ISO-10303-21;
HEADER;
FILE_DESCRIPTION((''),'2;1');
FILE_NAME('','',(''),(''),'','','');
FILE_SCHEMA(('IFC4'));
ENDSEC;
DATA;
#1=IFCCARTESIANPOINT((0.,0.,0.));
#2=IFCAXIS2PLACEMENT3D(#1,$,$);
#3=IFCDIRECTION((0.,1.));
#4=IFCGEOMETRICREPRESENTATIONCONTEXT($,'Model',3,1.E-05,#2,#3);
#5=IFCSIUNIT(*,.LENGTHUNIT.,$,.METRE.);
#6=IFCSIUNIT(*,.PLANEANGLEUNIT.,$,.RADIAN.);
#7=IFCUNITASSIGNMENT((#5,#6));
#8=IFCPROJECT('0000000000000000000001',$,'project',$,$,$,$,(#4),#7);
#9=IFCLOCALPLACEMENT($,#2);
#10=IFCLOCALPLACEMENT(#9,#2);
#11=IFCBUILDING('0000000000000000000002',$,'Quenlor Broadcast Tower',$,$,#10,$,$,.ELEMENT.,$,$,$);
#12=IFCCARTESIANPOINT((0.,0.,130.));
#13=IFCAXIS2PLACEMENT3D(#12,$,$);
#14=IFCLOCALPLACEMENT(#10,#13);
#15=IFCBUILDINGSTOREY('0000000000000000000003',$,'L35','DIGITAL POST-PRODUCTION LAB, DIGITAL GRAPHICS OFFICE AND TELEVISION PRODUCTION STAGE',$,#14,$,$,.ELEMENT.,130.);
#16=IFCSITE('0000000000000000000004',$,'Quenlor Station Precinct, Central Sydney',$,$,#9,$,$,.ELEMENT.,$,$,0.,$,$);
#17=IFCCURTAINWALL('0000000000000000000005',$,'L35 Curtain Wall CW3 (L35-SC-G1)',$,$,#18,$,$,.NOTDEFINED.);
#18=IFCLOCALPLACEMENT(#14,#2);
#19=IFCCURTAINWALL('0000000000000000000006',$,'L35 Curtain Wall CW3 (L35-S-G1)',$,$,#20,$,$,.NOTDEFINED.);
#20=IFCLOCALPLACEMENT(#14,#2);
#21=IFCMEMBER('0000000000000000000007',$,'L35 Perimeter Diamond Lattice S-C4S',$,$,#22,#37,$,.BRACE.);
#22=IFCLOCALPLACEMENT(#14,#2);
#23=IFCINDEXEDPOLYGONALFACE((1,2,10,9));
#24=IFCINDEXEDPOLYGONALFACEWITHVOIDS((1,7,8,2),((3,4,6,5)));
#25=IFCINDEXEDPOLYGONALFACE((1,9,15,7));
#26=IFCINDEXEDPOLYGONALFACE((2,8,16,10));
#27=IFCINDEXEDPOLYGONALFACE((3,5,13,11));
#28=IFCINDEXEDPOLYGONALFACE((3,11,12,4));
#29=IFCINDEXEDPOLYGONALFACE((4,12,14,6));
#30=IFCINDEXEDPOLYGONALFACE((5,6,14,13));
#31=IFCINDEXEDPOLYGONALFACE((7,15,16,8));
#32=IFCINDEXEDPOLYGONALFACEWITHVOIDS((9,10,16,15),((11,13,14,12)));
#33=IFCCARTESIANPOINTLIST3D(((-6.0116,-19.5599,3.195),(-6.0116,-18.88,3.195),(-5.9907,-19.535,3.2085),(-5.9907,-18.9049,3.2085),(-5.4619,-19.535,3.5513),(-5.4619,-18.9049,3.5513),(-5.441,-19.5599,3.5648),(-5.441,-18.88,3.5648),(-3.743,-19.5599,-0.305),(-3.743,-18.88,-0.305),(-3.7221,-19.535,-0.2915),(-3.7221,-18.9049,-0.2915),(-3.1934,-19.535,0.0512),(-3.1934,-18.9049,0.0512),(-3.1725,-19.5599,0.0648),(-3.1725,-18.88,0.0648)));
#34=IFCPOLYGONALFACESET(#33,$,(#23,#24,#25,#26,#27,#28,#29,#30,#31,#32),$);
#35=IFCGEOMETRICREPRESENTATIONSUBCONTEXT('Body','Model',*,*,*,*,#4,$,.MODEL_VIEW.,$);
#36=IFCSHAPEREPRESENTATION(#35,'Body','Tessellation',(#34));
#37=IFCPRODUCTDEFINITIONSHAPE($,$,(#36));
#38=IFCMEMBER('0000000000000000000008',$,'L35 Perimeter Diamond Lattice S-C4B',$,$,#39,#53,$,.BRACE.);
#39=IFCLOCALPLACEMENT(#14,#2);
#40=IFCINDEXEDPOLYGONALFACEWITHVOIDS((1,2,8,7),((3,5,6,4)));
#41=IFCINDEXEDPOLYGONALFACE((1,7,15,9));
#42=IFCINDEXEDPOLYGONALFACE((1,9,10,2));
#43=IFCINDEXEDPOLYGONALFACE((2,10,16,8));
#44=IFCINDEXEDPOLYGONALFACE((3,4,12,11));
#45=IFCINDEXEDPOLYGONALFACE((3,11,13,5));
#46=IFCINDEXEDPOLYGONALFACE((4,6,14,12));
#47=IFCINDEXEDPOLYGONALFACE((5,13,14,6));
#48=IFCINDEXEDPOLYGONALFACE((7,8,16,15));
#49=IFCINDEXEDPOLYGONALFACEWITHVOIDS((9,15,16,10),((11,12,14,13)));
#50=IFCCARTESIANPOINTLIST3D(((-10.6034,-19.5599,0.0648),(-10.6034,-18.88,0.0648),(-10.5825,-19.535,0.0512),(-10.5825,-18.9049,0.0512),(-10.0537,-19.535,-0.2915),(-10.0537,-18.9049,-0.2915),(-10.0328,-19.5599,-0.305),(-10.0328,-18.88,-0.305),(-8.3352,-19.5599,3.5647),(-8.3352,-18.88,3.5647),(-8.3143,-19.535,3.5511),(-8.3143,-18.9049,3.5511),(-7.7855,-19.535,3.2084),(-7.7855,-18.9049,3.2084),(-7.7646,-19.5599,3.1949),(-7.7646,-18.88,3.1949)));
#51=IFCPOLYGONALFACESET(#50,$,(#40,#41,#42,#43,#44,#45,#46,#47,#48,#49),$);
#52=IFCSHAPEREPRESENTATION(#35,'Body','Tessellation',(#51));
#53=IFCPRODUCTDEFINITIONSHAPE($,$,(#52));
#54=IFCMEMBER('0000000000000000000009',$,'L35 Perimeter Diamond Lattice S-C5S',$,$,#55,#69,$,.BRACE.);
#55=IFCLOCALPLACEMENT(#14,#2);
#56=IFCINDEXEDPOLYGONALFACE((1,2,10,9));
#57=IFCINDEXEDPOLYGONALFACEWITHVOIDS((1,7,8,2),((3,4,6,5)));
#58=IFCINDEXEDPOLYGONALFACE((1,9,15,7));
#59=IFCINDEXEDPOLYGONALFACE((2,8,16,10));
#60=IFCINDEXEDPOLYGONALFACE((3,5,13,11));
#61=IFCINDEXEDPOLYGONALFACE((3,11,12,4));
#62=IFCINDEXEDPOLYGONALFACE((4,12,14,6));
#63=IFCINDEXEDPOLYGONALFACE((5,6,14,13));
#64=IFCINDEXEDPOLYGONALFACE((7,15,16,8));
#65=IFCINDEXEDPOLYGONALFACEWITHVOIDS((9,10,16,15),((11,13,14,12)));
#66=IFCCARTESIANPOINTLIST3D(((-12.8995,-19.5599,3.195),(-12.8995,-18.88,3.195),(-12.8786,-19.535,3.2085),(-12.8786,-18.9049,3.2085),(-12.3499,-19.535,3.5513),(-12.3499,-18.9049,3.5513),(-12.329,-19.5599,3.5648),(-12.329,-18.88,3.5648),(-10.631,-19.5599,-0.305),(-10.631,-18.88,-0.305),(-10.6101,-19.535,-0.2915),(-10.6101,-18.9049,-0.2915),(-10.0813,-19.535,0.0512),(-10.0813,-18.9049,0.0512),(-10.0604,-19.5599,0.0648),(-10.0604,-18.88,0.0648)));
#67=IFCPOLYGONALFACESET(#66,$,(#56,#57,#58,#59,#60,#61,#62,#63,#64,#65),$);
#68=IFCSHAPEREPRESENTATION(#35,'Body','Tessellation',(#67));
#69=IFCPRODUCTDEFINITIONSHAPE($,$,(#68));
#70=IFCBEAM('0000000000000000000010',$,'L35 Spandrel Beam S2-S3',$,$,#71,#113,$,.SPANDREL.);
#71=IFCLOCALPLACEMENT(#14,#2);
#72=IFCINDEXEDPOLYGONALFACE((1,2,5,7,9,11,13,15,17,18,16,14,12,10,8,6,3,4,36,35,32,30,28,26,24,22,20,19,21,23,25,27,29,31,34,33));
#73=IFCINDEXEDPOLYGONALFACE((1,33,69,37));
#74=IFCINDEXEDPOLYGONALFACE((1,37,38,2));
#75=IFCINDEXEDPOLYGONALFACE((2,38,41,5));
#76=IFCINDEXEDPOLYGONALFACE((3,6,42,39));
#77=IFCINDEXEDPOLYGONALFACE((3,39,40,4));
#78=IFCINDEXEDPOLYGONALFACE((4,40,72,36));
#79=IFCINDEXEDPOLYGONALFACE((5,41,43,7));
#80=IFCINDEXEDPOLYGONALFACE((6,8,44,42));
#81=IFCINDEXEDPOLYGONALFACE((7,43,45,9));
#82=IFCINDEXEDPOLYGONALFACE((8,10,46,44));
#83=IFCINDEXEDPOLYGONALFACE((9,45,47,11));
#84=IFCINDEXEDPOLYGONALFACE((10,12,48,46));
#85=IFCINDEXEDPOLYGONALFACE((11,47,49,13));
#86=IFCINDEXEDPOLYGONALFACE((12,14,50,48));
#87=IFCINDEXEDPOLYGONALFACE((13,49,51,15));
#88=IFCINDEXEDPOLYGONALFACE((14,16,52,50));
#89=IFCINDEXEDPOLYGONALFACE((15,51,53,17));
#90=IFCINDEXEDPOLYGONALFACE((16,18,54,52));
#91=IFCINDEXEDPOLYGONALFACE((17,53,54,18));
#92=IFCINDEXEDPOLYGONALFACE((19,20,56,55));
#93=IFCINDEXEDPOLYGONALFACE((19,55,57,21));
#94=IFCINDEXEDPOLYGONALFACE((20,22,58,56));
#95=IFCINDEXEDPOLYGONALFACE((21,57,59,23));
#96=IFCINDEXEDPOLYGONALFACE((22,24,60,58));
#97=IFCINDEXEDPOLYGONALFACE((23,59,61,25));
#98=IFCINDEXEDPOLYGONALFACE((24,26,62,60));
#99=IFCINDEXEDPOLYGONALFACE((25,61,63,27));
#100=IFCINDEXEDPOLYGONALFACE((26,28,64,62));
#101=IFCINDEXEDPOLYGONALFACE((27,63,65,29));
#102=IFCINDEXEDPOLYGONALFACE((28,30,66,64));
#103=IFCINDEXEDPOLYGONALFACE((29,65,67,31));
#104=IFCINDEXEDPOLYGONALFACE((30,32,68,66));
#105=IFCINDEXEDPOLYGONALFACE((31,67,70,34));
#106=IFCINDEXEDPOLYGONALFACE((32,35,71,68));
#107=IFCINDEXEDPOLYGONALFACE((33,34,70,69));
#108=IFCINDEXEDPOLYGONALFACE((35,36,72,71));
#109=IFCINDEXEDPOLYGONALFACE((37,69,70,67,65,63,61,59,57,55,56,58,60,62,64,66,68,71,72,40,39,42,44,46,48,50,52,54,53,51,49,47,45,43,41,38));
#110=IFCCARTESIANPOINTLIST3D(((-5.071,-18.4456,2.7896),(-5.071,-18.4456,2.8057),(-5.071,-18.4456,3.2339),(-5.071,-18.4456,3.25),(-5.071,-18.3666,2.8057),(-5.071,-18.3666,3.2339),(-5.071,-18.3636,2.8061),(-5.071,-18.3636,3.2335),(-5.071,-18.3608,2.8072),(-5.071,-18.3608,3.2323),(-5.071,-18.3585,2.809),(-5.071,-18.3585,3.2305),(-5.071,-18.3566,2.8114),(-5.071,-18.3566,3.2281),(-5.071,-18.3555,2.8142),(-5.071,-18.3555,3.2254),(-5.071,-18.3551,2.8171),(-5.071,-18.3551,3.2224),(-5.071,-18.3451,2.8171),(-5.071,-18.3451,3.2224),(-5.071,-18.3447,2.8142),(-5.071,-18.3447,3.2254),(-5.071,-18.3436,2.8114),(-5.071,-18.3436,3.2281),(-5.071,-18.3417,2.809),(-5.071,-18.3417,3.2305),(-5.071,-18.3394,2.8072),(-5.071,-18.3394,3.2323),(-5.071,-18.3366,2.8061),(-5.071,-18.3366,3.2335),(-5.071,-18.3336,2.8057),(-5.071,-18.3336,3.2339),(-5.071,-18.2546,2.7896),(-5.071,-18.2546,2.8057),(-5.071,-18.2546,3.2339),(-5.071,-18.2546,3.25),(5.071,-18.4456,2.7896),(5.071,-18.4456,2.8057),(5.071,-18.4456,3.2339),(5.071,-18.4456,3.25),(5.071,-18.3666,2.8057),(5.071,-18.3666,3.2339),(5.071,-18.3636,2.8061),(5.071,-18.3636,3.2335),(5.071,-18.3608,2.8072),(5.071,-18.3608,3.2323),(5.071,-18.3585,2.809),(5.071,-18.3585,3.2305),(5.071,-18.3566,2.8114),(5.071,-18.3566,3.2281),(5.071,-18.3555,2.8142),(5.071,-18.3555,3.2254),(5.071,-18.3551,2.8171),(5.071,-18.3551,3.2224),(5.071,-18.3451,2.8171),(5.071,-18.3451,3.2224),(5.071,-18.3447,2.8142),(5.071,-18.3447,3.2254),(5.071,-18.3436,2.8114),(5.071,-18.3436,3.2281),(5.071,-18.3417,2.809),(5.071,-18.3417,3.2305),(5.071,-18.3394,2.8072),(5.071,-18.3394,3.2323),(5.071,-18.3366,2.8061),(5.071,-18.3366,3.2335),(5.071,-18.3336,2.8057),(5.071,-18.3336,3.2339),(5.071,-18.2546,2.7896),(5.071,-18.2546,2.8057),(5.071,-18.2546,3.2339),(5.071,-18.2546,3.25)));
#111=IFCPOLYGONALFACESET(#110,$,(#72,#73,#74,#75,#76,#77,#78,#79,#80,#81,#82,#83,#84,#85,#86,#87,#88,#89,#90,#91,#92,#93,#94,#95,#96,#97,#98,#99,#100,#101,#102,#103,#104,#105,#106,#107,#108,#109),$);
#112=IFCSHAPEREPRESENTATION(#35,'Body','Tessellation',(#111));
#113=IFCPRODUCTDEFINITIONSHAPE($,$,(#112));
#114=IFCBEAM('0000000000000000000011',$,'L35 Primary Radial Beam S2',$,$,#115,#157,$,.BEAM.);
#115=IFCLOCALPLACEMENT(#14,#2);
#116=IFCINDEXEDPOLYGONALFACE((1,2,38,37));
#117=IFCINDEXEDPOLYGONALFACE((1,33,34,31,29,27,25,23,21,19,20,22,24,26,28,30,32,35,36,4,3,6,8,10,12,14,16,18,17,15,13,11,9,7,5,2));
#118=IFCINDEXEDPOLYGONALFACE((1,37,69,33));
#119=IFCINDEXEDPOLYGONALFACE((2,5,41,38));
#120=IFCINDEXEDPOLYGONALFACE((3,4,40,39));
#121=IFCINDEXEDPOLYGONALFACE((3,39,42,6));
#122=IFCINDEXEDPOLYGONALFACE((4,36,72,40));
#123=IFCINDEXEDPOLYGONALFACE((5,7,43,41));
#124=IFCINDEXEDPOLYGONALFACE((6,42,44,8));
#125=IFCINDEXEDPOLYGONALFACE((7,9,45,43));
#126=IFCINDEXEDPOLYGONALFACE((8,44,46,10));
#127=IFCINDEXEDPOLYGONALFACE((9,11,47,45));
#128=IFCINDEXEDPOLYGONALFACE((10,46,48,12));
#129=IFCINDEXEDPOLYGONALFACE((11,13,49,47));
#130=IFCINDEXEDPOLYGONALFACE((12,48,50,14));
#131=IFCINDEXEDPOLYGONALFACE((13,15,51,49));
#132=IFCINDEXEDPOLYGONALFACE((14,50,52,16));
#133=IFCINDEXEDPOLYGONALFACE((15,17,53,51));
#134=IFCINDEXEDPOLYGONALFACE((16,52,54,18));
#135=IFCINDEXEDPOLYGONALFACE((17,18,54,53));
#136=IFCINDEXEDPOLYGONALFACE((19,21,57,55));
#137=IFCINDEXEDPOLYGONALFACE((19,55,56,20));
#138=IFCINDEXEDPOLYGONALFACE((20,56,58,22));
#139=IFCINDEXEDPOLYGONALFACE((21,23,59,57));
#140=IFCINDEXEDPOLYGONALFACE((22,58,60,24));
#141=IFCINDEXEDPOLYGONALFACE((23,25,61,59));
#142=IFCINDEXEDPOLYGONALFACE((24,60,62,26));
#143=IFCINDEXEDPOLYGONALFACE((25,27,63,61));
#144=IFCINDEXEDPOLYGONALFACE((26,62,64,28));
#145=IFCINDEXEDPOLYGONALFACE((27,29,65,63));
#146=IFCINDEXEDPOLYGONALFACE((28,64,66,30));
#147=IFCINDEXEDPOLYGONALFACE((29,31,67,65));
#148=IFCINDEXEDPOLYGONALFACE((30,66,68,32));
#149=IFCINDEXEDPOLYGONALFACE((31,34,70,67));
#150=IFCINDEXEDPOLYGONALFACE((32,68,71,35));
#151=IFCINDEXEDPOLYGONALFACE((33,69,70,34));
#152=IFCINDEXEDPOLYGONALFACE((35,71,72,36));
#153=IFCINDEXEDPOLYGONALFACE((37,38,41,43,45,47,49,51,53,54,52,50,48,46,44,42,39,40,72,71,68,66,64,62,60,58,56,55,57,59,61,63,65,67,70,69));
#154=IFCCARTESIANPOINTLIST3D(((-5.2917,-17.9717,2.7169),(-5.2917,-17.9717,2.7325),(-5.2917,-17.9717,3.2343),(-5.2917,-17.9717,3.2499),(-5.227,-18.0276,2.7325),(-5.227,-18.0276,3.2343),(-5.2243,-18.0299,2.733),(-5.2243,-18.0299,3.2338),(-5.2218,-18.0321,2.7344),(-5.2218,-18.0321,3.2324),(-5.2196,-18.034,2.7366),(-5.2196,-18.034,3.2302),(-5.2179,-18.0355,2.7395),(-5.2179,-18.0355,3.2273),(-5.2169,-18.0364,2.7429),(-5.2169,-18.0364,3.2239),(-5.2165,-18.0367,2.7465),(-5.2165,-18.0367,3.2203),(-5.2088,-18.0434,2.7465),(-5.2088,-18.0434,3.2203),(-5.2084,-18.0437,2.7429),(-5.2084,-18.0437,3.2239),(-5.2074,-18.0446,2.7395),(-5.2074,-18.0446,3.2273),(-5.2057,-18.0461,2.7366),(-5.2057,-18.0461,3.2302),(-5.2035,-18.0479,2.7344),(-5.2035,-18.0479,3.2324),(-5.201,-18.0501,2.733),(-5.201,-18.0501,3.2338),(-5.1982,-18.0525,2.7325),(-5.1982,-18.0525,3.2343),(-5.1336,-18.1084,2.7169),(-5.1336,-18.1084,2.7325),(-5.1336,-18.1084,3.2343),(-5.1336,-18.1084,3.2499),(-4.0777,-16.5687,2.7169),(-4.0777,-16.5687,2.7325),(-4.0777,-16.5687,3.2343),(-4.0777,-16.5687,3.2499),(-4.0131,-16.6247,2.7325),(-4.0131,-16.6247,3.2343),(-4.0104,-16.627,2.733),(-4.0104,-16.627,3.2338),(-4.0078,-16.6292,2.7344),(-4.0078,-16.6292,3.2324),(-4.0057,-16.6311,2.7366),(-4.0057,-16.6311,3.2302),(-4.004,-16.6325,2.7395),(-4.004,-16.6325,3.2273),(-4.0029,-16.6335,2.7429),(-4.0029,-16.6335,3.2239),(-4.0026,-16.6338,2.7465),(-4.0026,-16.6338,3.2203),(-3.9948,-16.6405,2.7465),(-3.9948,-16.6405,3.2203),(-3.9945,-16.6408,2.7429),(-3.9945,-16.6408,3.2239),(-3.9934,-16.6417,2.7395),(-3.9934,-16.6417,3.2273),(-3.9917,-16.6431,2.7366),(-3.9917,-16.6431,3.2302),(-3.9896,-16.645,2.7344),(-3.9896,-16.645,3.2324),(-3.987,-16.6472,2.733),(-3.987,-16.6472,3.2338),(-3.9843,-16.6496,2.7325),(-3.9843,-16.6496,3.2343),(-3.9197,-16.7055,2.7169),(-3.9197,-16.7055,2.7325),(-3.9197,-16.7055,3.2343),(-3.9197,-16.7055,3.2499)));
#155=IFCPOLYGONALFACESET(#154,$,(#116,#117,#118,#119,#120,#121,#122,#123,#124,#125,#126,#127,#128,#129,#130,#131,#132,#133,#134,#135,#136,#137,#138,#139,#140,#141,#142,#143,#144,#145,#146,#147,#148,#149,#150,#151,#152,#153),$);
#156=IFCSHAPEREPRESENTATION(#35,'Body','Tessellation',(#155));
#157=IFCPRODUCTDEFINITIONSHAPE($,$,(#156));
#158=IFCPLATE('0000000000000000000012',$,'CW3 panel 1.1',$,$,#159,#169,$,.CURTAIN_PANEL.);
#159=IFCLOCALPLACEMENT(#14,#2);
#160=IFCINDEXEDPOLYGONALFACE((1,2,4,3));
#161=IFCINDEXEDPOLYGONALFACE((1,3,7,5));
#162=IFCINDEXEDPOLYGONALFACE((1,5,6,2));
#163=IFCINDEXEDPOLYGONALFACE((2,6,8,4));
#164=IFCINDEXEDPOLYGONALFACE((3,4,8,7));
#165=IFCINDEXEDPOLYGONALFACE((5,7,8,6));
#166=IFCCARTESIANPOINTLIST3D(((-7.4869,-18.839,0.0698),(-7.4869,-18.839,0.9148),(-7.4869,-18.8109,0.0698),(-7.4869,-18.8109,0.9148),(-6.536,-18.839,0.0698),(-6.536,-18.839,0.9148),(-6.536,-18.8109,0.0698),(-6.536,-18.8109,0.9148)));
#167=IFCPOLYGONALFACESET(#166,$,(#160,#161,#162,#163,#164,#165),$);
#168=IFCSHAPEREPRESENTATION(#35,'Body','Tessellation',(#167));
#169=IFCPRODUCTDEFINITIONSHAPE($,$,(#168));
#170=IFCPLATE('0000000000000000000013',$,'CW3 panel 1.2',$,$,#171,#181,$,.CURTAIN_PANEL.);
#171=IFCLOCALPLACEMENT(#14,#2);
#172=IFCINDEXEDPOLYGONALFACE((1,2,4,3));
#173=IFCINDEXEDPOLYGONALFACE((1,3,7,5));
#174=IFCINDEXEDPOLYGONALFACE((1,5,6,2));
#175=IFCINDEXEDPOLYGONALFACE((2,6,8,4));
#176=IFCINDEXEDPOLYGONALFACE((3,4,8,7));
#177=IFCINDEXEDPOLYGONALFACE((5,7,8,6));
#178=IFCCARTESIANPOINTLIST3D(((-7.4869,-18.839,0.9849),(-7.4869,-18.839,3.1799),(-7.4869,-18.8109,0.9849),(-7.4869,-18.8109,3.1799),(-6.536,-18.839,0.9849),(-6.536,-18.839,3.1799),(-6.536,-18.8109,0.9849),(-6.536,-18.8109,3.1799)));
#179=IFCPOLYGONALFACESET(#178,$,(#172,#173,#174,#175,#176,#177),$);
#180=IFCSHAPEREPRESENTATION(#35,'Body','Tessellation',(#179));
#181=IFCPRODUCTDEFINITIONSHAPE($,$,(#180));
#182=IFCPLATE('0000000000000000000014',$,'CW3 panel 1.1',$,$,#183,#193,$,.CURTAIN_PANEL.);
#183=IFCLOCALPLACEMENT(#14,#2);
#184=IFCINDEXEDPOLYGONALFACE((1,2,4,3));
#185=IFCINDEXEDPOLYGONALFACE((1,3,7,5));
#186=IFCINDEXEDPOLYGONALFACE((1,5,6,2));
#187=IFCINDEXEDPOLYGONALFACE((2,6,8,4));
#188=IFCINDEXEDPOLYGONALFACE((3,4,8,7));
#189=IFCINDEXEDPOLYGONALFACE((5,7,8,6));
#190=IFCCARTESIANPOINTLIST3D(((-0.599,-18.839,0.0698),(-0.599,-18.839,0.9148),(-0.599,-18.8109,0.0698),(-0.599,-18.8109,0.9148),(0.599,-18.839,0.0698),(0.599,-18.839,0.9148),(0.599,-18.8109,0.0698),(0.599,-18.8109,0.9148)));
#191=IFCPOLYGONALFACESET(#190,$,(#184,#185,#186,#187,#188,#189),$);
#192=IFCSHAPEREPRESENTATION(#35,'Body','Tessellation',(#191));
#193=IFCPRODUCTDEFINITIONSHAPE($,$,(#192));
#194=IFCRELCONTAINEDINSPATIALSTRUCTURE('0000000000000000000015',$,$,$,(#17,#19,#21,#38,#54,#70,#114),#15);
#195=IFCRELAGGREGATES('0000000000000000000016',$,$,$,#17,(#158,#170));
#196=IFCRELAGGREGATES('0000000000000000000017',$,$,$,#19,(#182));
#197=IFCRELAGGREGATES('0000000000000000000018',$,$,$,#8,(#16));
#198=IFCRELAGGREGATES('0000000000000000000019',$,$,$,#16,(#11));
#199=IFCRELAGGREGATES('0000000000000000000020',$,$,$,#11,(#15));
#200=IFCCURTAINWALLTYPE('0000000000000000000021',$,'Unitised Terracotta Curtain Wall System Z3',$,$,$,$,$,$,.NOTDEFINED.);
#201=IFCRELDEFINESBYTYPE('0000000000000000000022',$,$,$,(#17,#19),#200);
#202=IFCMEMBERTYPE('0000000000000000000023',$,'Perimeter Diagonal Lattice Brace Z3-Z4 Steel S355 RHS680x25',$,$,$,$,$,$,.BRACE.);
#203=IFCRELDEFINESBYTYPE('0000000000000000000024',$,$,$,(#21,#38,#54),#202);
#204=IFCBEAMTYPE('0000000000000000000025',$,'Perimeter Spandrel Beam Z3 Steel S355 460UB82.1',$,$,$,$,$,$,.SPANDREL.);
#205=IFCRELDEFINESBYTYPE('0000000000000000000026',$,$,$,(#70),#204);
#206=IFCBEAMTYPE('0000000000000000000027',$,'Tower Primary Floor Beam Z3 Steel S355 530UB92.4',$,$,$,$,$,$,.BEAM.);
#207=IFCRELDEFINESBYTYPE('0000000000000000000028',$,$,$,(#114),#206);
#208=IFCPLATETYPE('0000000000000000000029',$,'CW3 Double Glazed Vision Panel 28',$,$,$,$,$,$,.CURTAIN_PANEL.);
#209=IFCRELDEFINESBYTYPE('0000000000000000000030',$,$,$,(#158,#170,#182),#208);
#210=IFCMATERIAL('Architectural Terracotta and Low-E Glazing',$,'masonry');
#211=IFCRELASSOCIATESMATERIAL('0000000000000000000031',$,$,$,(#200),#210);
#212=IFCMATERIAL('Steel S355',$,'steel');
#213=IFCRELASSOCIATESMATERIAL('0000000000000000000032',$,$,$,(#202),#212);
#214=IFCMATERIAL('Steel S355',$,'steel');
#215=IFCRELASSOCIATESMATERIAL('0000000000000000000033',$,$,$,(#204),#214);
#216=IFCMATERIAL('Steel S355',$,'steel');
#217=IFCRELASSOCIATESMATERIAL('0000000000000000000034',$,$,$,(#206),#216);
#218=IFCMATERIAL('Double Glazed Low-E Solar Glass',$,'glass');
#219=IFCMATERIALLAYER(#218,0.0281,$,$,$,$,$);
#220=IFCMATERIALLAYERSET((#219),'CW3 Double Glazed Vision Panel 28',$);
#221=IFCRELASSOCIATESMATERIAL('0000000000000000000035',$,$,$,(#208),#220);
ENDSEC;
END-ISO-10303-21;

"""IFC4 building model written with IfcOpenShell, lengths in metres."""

from ifc_helpers import new_model, si_unit, direction, frame, origin, origin_2d, place, context, subcontext, project, spatial, rectangle, hollow_rectangle, i_section, extrude, material, layer, layer_set, material_profile, profile_set, type_object, element, aggregate, save


model = new_model("IFC4")

# Units and contexts
model_context = context("Model", 3, precision=1e-05, world=origin(), true_north=direction((0.0, 1.0)))
body_context = subcontext(model_context, "Body", "Model", "MODEL_VIEW")
ifc_project = project(units=[si_unit("LENGTHUNIT", "METRE"), si_unit("PLANEANGLEUNIT", "RADIAN")], contexts=[model_context])

# Site, building, storey
site_placement = place(None, origin())
site = spatial("IfcSite", under=ifc_project, at=site_placement, Name="Quenlor Station Precinct, Central Sydney", CompositionType="ELEMENT", RefElevation=0.0)
building_placement = place(site_placement, origin())
building = spatial("IfcBuilding", under=site, at=building_placement, Name="Quenlor Broadcast Tower", CompositionType="ELEMENT")
storey_placement = place(building_placement, frame((0.0, 0.0, 130.0)))
storey = spatial("IfcBuildingStorey", under=building, at=storey_placement, Name="L35", Description="DIGITAL POST-PRODUCTION LAB, DIGITAL GRAPHICS OFFICE AND TELEVISION PRODUCTION STAGE", CompositionType="ELEMENT", Elevation=130.0)

# Curtain wall
ifc_material_1 = material(Name="Architectural Terracotta and Low-E Glazing", Category="masonry")
curtain_wall_type = type_object("IfcCurtainWallType", Name="Unitised Terracotta Curtain Wall System Z3", PredefinedType="NOTDEFINED", material=ifc_material_1)
curtain_wall_1_placement = place(storey_placement, origin())
curtain_wall_1 = element("IfcCurtainWall", 1, at=curtain_wall_1_placement, inside=storey, type_object=curtain_wall_type, Name="L35 Curtain Wall CW3 (L35-SC-G1)", PredefinedType="NOTDEFINED")

# Curtain wall
curtain_wall_2_placement = place(storey_placement, origin())
curtain_wall_2 = element("IfcCurtainWall", 2, at=curtain_wall_2_placement, inside=storey, type_object=curtain_wall_type, Name="L35 Curtain Wall CW3 (L35-S-G1)", PredefinedType="NOTDEFINED")

# Members
ifc_material_2 = material(Name="Steel S355", Category="steel")
ifc_material_profile_1 = material_profile(ifc_material_2, hollow_rectangle(XDim=0.6799, YDim=0.6799, WallThickness=0.0249, at=origin_2d()))
ifc_profile_set_1 = profile_set([ifc_material_profile_1], Name="Steel S355 RHS680x680x25")
member_type_1 = type_object("IfcMemberType", Name="Perimeter Diagonal Lattice Brace Z3-Z4 Steel S355 RHS680x25", PredefinedType="BRACE", material=ifc_profile_set_1)
member_1_placement = place(storey_placement, frame((-3.4578, -19.22, -0.1201), z_axis=(-0.543902, 0.0, 0.839149), x_axis=(0.0, -1.0, 0.0)))
element("IfcMember", 3, at=member_1_placement, inside=storey, type_object=member_type_1, Name="L35 Perimeter Diamond Lattice S-C4S", PredefinedType="BRACE", context=body_context, shape_type="SweptSolid", body=[
    extrude(hollow_rectangle(XDim=0.6799, YDim=0.6799, WallThickness=0.0249, at=origin_2d()), origin(), (0.0, 0.0, 1.0), 4.1709),
])
member_2_placement = place(storey_placement, frame((-10.3181, -19.22, -0.1201), z_axis=(0.54386, 0.0, 0.839176), x_axis=(0.0, 1.0, 0.0)))
element("IfcMember", 4, at=member_2_placement, inside=storey, type_object=member_type_1, Name="L35 Perimeter Diamond Lattice S-C4B", PredefinedType="BRACE", context=body_context, shape_type="SweptSolid", body=[
    extrude(hollow_rectangle(XDim=0.6799, YDim=0.6799, WallThickness=0.0249, at=origin_2d()), origin(), (0.0, 0.0, 1.0), 4.1707),
])
member_3_placement = place(storey_placement, frame((-10.3457, -19.22, -0.1201), z_axis=(-0.543902, 0.0, 0.839149), x_axis=(0.0, -1.0, 0.0)))
element("IfcMember", 5, at=member_3_placement, inside=storey, type_object=member_type_1, Name="L35 Perimeter Diamond Lattice S-C5S", PredefinedType="BRACE", context=body_context, shape_type="SweptSolid", body=[
    extrude(hollow_rectangle(XDim=0.6799, YDim=0.6799, WallThickness=0.0249, at=origin_2d()), origin(), (0.0, 0.0, 1.0), 4.1709),
])

# Beams
ifc_material_3 = material(Name="Steel S355", Category="steel")
ifc_material_profile_2 = material_profile(ifc_material_3, i_section(OverallWidth=0.1909, OverallDepth=0.4604, WebThickness=0.01, FlangeThickness=0.0161, FilletRadius=0.0115, at=origin_2d()))
ifc_profile_set_2 = profile_set([ifc_material_profile_2], Name="Steel S355 460UB82.1")
beam_type_1 = type_object("IfcBeamType", Name="Perimeter Spandrel Beam Z3 Steel S355 460UB82.1", PredefinedType="SPANDREL", material=ifc_profile_set_2)
beam_1_placement = place(storey_placement, frame((-5.071, -18.3501, 3.0198), z_axis=(1.0, 0.0, 0.0), x_axis=(0.0, 1.0, 0.0)))
element("IfcBeam", 6, at=beam_1_placement, inside=storey, type_object=beam_type_1, Name="L35 Spandrel Beam S2-S3", PredefinedType="SPANDREL", context=body_context, shape_type="SweptSolid", body=[
    extrude(i_section(OverallWidth=0.1909, OverallDepth=0.4604, WebThickness=0.01, FlangeThickness=0.0161, FilletRadius=0.0115, at=origin_2d()), origin(), (0.0, 0.0, 1.0), 10.1421),
])
ifc_material_4 = material(Name="Steel S355", Category="steel")
ifc_material_profile_3 = material_profile(ifc_material_4, i_section(OverallWidth=0.209, OverallDepth=0.533, WebThickness=0.0103, FlangeThickness=0.0156, FilletRadius=0.0139, at=origin_2d()))
ifc_profile_set_3 = profile_set([ifc_material_profile_3], Name="Steel S355 530UB92.4")
beam_type_2 = type_object("IfcBeamType", Name="Tower Primary Floor Beam Z3 Steel S355 530UB92.4", PredefinedType="BEAM", material=ifc_profile_set_3)
beam_2_placement = place(storey_placement, frame((-5.2126, -18.04, 2.9834), z_axis=(0.654339, 0.756201, 0.0), x_axis=(-0.756201, 0.654339, 0.0)))
element("IfcBeam", 7, at=beam_2_placement, inside=storey, type_object=beam_type_2, Name="L35 Primary Radial Beam S2", PredefinedType="BEAM", context=body_context, shape_type="SweptSolid", body=[
    extrude(i_section(OverallWidth=0.209, OverallDepth=0.533, WebThickness=0.0103, FlangeThickness=0.0156, FilletRadius=0.0139, at=origin_2d()), origin(), (0.0, 0.0, 1.0), 1.8552),
])

# Plates
ifc_material_5 = material(Name="Double Glazed Low-E Solar Glass", Category="glass")
ifc_layer_1 = layer(ifc_material_5, 0.0281)
ifc_layer_set_1 = layer_set([ifc_layer_1], Name="CW3 Double Glazed Vision Panel 28")
plate_type_1 = type_object("IfcPlateType", Name="CW3 Double Glazed Vision Panel 28", PredefinedType="CURTAIN_PANEL", material=ifc_layer_set_1)
plate_1_placement = place(storey_placement, frame((-7.0115, -18.825, 0.0698), z_axis=(0.0, 0.0, 1.0), x_axis=(-1.0, 0.0, 0.0)))
plate_1 = element("IfcPlate", 8, at=plate_1_placement, type_object=plate_type_1, Name="CW3 panel 1.1", PredefinedType="CURTAIN_PANEL", context=body_context, shape_type="SweptSolid", body=[
    extrude(rectangle(XDim=0.9509, YDim=0.0281, at=origin_2d()), origin(), (0.0, 0.0, 1.0), 0.845),
])
plate_2_placement = place(storey_placement, frame((-7.0115, -18.825, 0.9849), z_axis=(0.0, 0.0, 1.0), x_axis=(-1.0, 0.0, 0.0)))
plate_2 = element("IfcPlate", 9, at=plate_2_placement, type_object=plate_type_1, Name="CW3 panel 1.2", PredefinedType="CURTAIN_PANEL", context=body_context, shape_type="SweptSolid", body=[
    extrude(rectangle(XDim=0.9509, YDim=0.0281, at=origin_2d()), origin(), (0.0, 0.0, 1.0), 2.1951),
])
aggregate(curtain_wall_1, [plate_1, plate_2])
plate_3_placement = place(storey_placement, frame((0.0, -18.825, 0.0698), z_axis=(0.0, 0.0, 1.0), x_axis=(-1.0, 0.0, 0.0)))
plate_3 = element("IfcPlate", 10, at=plate_3_placement, type_object=plate_type_1, Name="CW3 panel 1.1", PredefinedType="CURTAIN_PANEL", context=body_context, shape_type="SweptSolid", body=[
    extrude(rectangle(XDim=1.198, YDim=0.0281, at=origin_2d()), origin(), (0.0, 0.0, 1.0), 0.845),
])
aggregate(curtain_wall_2, [plate_3])

save(model, "model.ifc")
